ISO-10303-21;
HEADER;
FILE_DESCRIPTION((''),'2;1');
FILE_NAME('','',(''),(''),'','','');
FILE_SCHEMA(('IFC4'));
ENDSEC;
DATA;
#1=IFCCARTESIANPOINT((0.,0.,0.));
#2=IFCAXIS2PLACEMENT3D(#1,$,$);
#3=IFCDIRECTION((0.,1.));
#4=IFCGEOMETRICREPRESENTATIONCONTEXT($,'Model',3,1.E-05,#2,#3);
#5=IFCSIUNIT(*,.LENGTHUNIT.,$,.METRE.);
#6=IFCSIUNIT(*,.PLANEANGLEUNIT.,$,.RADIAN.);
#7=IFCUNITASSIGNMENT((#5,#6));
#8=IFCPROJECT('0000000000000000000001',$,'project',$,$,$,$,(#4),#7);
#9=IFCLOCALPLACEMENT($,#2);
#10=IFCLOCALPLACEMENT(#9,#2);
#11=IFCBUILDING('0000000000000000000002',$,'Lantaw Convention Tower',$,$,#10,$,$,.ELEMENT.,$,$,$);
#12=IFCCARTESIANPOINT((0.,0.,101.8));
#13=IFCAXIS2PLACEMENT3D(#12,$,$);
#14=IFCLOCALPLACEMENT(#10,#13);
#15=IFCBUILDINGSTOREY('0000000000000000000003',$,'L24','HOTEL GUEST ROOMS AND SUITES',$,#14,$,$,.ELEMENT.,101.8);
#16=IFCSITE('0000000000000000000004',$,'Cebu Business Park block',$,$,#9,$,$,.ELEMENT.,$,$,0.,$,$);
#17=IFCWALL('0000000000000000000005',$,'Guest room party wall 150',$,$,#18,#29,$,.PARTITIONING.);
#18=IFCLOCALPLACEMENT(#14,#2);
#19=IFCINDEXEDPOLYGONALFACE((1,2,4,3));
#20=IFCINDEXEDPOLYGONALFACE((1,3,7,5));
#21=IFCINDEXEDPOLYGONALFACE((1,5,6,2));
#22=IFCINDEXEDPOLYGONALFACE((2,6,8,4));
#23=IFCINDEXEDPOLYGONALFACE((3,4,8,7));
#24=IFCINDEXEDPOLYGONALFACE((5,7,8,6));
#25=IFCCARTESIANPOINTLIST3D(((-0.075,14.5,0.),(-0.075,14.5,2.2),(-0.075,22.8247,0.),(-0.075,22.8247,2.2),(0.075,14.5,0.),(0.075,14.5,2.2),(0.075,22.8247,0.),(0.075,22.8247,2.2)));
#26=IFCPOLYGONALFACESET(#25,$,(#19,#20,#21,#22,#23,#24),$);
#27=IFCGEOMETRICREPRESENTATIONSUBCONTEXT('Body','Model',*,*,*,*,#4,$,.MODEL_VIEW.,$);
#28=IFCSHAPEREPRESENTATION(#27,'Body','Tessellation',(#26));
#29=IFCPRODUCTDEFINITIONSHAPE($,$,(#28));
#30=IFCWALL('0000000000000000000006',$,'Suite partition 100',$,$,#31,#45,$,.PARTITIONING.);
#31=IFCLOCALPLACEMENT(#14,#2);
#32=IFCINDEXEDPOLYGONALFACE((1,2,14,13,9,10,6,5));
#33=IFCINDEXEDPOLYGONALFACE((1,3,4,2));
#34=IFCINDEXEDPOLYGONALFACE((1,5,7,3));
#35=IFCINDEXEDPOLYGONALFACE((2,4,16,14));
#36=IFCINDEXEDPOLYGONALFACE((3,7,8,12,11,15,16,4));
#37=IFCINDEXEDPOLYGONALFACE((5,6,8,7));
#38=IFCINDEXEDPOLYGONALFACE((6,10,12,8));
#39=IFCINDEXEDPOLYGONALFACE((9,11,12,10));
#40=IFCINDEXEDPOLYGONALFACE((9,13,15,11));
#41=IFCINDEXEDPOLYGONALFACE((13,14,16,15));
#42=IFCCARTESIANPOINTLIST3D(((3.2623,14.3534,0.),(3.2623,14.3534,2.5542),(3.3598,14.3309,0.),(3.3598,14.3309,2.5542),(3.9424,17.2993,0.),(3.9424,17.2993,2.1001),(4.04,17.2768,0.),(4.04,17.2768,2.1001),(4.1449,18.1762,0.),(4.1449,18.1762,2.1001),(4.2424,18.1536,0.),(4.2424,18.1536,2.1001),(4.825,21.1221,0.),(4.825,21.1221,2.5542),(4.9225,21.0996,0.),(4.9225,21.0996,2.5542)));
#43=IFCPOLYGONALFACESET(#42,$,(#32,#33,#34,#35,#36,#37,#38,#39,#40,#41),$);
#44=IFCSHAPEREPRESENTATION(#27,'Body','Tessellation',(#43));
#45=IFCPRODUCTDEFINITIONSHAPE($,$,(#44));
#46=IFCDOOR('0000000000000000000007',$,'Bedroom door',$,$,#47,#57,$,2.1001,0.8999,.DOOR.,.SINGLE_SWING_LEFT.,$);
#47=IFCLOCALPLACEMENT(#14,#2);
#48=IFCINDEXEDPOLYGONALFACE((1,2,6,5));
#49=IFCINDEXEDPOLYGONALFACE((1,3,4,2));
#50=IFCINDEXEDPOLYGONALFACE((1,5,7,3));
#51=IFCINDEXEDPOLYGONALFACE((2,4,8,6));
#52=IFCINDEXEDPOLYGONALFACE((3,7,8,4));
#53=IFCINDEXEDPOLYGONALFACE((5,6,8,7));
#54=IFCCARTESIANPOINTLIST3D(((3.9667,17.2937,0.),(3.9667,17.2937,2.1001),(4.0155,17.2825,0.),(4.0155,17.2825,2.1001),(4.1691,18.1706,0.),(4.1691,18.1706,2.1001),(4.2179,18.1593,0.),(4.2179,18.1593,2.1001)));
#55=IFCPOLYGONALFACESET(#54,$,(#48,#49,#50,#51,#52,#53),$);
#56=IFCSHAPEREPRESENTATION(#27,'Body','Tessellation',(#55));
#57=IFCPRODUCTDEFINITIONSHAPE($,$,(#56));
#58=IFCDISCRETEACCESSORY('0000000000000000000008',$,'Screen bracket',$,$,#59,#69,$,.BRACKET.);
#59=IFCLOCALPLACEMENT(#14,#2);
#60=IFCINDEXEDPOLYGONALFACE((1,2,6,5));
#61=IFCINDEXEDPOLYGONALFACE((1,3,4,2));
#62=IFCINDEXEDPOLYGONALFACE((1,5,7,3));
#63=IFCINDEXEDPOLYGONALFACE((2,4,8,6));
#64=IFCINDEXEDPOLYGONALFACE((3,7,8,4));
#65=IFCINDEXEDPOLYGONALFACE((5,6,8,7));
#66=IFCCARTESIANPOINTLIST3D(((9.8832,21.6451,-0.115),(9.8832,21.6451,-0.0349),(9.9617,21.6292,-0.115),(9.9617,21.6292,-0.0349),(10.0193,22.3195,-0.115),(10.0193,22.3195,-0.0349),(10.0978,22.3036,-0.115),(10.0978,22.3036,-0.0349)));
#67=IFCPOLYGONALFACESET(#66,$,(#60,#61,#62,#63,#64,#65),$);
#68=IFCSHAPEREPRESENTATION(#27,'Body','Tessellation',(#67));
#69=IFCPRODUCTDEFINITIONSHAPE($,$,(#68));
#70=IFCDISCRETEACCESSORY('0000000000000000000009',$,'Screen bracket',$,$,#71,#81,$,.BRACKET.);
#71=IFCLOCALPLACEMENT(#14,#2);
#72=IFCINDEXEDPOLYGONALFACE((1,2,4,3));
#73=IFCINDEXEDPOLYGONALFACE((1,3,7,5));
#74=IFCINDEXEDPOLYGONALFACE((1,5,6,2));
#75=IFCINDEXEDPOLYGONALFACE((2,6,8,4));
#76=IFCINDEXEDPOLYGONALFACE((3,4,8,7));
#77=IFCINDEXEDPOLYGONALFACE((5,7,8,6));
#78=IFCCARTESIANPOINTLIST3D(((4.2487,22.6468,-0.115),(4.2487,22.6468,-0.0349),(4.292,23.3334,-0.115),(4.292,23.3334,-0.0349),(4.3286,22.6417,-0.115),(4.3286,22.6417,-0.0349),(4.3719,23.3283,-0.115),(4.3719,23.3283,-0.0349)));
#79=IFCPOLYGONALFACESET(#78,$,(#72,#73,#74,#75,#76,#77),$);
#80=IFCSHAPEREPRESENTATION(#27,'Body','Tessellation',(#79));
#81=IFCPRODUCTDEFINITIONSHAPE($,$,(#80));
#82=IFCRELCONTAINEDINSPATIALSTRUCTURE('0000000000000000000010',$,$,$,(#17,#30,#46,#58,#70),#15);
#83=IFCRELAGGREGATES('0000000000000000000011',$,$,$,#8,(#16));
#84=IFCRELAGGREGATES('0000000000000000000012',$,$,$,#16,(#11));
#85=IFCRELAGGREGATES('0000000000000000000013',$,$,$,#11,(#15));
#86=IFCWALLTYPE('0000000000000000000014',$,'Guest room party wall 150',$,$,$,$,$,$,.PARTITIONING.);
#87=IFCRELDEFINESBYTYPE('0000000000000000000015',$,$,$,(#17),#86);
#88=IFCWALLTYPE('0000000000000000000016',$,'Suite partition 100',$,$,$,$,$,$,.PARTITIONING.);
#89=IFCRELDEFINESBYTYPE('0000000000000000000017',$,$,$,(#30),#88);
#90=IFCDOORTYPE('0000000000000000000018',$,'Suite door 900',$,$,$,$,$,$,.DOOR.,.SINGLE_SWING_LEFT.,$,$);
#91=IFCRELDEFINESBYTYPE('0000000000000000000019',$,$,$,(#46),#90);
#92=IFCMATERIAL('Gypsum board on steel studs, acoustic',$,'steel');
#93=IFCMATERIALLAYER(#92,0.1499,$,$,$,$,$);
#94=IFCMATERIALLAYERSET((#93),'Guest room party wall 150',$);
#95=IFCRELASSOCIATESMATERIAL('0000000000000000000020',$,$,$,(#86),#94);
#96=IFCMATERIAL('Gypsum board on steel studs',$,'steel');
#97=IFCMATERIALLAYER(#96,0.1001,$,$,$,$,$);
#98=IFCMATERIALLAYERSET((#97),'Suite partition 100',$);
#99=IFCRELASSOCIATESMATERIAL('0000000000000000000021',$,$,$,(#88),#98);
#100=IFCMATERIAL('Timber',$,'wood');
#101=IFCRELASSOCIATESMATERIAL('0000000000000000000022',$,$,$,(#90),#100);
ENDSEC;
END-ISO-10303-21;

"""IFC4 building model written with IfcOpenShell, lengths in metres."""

from ifc_helpers import new_model, si_unit, direction, frame, frame_2d, origin, origin_2d, place, context, subcontext, project, spatial, rectangle, extrude, material, layer, layer_set, type_object, element, fill, save


model = new_model("IFC4")

# Units and contexts
model_context = context("Model", 3, precision=1e-05, world=origin(), true_north=direction((0.0, 1.0)))
body_context = subcontext(model_context, "Body", "Model", "MODEL_VIEW")
ifc_project = project(units=[si_unit("LENGTHUNIT", "METRE"), si_unit("PLANEANGLEUNIT", "RADIAN")], contexts=[model_context])

# Site, building, storey
site_placement = place(None, origin())
site = spatial("IfcSite", under=ifc_project, at=site_placement, Name="Cebu Business Park block", CompositionType="ELEMENT", RefElevation=0.0)
building_placement = place(site_placement, origin())
building = spatial("IfcBuilding", under=site, at=building_placement, Name="Lantaw Convention Tower", CompositionType="ELEMENT")
storey_placement = place(building_placement, frame((0.0, 0.0, 101.8)))
storey = spatial("IfcBuildingStorey", under=building, at=storey_placement, Name="L24", Description="HOTEL GUEST ROOMS AND SUITES", CompositionType="ELEMENT", Elevation=101.8)

# Wall
ifc_material_1 = material(Name="Gypsum board on steel studs, acoustic", Category="steel")
ifc_layer_1 = layer(ifc_material_1, 0.1499)
ifc_layer_set_1 = layer_set([ifc_layer_1], Name="Guest room party wall 150")
wall_type_1 = type_object("IfcWallType", Name="Guest room party wall 150", PredefinedType="PARTITIONING", material=ifc_layer_set_1)
wall_1_placement = place(storey_placement, frame((0.0, 22.8247, 0.0), z_axis=(0.0, 0.0, 1.0), x_axis=(0.0, -1.0, 0.0)))
element("IfcWall", 1, at=wall_1_placement, inside=storey, type_object=wall_type_1, Name="Guest room party wall 150", PredefinedType="PARTITIONING", context=body_context, shape_type="SweptSolid", body=[
    extrude(rectangle(XDim=8.3247, YDim=0.1499, at=frame_2d((4.1624, 0.0))), origin(), (0.0, 0.0, 1.0), 2.2),
])

# Wall, opening, door
ifc_material_2 = material(Name="Gypsum board on steel studs", Category="steel")
ifc_layer_2 = layer(ifc_material_2, 0.1001)
ifc_layer_set_2 = layer_set([ifc_layer_2], Name="Suite partition 100")
wall_type_2 = type_object("IfcWallType", Name="Suite partition 100", PredefinedType="PARTITIONING", material=ifc_layer_set_2)
wall_2_placement = place(storey_placement, frame((4.8738, 21.1108, 0.0), z_axis=(0.0, 0.0, 1.0), x_axis=(-0.224957, -0.974369, 0.0)))
wall_2 = element("IfcWall", 2, at=wall_2_placement, inside=storey, type_object=wall_type_2, Name="Suite partition 100", PredefinedType="PARTITIONING", context=body_context, shape_type="SweptSolid", body=[
    extrude(rectangle(XDim=6.9468, YDim=0.1001, at=frame_2d((3.4734, 0.0))), origin(), (0.0, 0.0, 1.0), 2.5542),
])
opening_1_placement = place(wall_2_placement, frame((3.0234, 0.0, 0.0)))
opening_1 = element("IfcOpeningElement", 3, at=opening_1_placement, cuts=wall_2, PredefinedType="OPENING", context=body_context, shape_type="SweptSolid", body=[
    extrude(rectangle(XDim=0.8999, YDim=2.1001, at=frame_2d((0.45, 1.05))), frame((0.0, 0.0601, 0.0), z_axis=(0.0, -1.0, 0.0), x_axis=(1.0, 0.0, 0.0)), (0.0, 0.0, 1.0), 0.1201),
])
ifc_material_3 = material(Name="Timber", Category="wood")
door_type = type_object("IfcDoorType", Name="Suite door 900", OperationType="SINGLE_SWING_LEFT", PredefinedType="DOOR", material=ifc_material_3)
door_placement = place(opening_1_placement, origin())
door = element("IfcDoor", 4, at=door_placement, inside=storey, type_object=door_type, Name="Bedroom door", OperationType="SINGLE_SWING_LEFT", OverallHeight=2.1001, OverallWidth=0.8999, PredefinedType="DOOR", context=body_context, shape_type="SweptSolid", body=[
    extrude(rectangle(XDim=0.8999, YDim=2.1001, at=frame_2d((0.45, 1.05))), frame((0.0, 0.0249, 0.0), z_axis=(0.0, -1.0, 0.0), x_axis=(1.0, 0.0, 0.0)), (0.0, 0.0, 1.0), 0.05),
])
fill(opening_1, door)

# Discrete accessories
for number, where, z_axis, x_axis, name in (
    (5, (9.9905, 21.9744, -0.115), (0.0, 0.0, 1.0), (-0.980245, 0.197789, 0.0), "Screen bracket"),
    (6, (4.3103, 22.9875, -0.115), (0.0, 0.0, 1.0), (-0.998016, 0.062958, 0.0), "Screen bracket"),
):
    element("IfcDiscreteAccessory", number, at=place(storey_placement, frame(where, z_axis=z_axis, x_axis=x_axis)), inside=storey, Name=name, PredefinedType="BRACKET", context=body_context, shape_type="SweptSolid", body=[
        extrude(rectangle(XDim=0.0801, YDim=0.688, at=origin_2d()), origin(), (0.0, 0.0, 1.0), 0.0801),
    ])

save(model, "model.ifc")
